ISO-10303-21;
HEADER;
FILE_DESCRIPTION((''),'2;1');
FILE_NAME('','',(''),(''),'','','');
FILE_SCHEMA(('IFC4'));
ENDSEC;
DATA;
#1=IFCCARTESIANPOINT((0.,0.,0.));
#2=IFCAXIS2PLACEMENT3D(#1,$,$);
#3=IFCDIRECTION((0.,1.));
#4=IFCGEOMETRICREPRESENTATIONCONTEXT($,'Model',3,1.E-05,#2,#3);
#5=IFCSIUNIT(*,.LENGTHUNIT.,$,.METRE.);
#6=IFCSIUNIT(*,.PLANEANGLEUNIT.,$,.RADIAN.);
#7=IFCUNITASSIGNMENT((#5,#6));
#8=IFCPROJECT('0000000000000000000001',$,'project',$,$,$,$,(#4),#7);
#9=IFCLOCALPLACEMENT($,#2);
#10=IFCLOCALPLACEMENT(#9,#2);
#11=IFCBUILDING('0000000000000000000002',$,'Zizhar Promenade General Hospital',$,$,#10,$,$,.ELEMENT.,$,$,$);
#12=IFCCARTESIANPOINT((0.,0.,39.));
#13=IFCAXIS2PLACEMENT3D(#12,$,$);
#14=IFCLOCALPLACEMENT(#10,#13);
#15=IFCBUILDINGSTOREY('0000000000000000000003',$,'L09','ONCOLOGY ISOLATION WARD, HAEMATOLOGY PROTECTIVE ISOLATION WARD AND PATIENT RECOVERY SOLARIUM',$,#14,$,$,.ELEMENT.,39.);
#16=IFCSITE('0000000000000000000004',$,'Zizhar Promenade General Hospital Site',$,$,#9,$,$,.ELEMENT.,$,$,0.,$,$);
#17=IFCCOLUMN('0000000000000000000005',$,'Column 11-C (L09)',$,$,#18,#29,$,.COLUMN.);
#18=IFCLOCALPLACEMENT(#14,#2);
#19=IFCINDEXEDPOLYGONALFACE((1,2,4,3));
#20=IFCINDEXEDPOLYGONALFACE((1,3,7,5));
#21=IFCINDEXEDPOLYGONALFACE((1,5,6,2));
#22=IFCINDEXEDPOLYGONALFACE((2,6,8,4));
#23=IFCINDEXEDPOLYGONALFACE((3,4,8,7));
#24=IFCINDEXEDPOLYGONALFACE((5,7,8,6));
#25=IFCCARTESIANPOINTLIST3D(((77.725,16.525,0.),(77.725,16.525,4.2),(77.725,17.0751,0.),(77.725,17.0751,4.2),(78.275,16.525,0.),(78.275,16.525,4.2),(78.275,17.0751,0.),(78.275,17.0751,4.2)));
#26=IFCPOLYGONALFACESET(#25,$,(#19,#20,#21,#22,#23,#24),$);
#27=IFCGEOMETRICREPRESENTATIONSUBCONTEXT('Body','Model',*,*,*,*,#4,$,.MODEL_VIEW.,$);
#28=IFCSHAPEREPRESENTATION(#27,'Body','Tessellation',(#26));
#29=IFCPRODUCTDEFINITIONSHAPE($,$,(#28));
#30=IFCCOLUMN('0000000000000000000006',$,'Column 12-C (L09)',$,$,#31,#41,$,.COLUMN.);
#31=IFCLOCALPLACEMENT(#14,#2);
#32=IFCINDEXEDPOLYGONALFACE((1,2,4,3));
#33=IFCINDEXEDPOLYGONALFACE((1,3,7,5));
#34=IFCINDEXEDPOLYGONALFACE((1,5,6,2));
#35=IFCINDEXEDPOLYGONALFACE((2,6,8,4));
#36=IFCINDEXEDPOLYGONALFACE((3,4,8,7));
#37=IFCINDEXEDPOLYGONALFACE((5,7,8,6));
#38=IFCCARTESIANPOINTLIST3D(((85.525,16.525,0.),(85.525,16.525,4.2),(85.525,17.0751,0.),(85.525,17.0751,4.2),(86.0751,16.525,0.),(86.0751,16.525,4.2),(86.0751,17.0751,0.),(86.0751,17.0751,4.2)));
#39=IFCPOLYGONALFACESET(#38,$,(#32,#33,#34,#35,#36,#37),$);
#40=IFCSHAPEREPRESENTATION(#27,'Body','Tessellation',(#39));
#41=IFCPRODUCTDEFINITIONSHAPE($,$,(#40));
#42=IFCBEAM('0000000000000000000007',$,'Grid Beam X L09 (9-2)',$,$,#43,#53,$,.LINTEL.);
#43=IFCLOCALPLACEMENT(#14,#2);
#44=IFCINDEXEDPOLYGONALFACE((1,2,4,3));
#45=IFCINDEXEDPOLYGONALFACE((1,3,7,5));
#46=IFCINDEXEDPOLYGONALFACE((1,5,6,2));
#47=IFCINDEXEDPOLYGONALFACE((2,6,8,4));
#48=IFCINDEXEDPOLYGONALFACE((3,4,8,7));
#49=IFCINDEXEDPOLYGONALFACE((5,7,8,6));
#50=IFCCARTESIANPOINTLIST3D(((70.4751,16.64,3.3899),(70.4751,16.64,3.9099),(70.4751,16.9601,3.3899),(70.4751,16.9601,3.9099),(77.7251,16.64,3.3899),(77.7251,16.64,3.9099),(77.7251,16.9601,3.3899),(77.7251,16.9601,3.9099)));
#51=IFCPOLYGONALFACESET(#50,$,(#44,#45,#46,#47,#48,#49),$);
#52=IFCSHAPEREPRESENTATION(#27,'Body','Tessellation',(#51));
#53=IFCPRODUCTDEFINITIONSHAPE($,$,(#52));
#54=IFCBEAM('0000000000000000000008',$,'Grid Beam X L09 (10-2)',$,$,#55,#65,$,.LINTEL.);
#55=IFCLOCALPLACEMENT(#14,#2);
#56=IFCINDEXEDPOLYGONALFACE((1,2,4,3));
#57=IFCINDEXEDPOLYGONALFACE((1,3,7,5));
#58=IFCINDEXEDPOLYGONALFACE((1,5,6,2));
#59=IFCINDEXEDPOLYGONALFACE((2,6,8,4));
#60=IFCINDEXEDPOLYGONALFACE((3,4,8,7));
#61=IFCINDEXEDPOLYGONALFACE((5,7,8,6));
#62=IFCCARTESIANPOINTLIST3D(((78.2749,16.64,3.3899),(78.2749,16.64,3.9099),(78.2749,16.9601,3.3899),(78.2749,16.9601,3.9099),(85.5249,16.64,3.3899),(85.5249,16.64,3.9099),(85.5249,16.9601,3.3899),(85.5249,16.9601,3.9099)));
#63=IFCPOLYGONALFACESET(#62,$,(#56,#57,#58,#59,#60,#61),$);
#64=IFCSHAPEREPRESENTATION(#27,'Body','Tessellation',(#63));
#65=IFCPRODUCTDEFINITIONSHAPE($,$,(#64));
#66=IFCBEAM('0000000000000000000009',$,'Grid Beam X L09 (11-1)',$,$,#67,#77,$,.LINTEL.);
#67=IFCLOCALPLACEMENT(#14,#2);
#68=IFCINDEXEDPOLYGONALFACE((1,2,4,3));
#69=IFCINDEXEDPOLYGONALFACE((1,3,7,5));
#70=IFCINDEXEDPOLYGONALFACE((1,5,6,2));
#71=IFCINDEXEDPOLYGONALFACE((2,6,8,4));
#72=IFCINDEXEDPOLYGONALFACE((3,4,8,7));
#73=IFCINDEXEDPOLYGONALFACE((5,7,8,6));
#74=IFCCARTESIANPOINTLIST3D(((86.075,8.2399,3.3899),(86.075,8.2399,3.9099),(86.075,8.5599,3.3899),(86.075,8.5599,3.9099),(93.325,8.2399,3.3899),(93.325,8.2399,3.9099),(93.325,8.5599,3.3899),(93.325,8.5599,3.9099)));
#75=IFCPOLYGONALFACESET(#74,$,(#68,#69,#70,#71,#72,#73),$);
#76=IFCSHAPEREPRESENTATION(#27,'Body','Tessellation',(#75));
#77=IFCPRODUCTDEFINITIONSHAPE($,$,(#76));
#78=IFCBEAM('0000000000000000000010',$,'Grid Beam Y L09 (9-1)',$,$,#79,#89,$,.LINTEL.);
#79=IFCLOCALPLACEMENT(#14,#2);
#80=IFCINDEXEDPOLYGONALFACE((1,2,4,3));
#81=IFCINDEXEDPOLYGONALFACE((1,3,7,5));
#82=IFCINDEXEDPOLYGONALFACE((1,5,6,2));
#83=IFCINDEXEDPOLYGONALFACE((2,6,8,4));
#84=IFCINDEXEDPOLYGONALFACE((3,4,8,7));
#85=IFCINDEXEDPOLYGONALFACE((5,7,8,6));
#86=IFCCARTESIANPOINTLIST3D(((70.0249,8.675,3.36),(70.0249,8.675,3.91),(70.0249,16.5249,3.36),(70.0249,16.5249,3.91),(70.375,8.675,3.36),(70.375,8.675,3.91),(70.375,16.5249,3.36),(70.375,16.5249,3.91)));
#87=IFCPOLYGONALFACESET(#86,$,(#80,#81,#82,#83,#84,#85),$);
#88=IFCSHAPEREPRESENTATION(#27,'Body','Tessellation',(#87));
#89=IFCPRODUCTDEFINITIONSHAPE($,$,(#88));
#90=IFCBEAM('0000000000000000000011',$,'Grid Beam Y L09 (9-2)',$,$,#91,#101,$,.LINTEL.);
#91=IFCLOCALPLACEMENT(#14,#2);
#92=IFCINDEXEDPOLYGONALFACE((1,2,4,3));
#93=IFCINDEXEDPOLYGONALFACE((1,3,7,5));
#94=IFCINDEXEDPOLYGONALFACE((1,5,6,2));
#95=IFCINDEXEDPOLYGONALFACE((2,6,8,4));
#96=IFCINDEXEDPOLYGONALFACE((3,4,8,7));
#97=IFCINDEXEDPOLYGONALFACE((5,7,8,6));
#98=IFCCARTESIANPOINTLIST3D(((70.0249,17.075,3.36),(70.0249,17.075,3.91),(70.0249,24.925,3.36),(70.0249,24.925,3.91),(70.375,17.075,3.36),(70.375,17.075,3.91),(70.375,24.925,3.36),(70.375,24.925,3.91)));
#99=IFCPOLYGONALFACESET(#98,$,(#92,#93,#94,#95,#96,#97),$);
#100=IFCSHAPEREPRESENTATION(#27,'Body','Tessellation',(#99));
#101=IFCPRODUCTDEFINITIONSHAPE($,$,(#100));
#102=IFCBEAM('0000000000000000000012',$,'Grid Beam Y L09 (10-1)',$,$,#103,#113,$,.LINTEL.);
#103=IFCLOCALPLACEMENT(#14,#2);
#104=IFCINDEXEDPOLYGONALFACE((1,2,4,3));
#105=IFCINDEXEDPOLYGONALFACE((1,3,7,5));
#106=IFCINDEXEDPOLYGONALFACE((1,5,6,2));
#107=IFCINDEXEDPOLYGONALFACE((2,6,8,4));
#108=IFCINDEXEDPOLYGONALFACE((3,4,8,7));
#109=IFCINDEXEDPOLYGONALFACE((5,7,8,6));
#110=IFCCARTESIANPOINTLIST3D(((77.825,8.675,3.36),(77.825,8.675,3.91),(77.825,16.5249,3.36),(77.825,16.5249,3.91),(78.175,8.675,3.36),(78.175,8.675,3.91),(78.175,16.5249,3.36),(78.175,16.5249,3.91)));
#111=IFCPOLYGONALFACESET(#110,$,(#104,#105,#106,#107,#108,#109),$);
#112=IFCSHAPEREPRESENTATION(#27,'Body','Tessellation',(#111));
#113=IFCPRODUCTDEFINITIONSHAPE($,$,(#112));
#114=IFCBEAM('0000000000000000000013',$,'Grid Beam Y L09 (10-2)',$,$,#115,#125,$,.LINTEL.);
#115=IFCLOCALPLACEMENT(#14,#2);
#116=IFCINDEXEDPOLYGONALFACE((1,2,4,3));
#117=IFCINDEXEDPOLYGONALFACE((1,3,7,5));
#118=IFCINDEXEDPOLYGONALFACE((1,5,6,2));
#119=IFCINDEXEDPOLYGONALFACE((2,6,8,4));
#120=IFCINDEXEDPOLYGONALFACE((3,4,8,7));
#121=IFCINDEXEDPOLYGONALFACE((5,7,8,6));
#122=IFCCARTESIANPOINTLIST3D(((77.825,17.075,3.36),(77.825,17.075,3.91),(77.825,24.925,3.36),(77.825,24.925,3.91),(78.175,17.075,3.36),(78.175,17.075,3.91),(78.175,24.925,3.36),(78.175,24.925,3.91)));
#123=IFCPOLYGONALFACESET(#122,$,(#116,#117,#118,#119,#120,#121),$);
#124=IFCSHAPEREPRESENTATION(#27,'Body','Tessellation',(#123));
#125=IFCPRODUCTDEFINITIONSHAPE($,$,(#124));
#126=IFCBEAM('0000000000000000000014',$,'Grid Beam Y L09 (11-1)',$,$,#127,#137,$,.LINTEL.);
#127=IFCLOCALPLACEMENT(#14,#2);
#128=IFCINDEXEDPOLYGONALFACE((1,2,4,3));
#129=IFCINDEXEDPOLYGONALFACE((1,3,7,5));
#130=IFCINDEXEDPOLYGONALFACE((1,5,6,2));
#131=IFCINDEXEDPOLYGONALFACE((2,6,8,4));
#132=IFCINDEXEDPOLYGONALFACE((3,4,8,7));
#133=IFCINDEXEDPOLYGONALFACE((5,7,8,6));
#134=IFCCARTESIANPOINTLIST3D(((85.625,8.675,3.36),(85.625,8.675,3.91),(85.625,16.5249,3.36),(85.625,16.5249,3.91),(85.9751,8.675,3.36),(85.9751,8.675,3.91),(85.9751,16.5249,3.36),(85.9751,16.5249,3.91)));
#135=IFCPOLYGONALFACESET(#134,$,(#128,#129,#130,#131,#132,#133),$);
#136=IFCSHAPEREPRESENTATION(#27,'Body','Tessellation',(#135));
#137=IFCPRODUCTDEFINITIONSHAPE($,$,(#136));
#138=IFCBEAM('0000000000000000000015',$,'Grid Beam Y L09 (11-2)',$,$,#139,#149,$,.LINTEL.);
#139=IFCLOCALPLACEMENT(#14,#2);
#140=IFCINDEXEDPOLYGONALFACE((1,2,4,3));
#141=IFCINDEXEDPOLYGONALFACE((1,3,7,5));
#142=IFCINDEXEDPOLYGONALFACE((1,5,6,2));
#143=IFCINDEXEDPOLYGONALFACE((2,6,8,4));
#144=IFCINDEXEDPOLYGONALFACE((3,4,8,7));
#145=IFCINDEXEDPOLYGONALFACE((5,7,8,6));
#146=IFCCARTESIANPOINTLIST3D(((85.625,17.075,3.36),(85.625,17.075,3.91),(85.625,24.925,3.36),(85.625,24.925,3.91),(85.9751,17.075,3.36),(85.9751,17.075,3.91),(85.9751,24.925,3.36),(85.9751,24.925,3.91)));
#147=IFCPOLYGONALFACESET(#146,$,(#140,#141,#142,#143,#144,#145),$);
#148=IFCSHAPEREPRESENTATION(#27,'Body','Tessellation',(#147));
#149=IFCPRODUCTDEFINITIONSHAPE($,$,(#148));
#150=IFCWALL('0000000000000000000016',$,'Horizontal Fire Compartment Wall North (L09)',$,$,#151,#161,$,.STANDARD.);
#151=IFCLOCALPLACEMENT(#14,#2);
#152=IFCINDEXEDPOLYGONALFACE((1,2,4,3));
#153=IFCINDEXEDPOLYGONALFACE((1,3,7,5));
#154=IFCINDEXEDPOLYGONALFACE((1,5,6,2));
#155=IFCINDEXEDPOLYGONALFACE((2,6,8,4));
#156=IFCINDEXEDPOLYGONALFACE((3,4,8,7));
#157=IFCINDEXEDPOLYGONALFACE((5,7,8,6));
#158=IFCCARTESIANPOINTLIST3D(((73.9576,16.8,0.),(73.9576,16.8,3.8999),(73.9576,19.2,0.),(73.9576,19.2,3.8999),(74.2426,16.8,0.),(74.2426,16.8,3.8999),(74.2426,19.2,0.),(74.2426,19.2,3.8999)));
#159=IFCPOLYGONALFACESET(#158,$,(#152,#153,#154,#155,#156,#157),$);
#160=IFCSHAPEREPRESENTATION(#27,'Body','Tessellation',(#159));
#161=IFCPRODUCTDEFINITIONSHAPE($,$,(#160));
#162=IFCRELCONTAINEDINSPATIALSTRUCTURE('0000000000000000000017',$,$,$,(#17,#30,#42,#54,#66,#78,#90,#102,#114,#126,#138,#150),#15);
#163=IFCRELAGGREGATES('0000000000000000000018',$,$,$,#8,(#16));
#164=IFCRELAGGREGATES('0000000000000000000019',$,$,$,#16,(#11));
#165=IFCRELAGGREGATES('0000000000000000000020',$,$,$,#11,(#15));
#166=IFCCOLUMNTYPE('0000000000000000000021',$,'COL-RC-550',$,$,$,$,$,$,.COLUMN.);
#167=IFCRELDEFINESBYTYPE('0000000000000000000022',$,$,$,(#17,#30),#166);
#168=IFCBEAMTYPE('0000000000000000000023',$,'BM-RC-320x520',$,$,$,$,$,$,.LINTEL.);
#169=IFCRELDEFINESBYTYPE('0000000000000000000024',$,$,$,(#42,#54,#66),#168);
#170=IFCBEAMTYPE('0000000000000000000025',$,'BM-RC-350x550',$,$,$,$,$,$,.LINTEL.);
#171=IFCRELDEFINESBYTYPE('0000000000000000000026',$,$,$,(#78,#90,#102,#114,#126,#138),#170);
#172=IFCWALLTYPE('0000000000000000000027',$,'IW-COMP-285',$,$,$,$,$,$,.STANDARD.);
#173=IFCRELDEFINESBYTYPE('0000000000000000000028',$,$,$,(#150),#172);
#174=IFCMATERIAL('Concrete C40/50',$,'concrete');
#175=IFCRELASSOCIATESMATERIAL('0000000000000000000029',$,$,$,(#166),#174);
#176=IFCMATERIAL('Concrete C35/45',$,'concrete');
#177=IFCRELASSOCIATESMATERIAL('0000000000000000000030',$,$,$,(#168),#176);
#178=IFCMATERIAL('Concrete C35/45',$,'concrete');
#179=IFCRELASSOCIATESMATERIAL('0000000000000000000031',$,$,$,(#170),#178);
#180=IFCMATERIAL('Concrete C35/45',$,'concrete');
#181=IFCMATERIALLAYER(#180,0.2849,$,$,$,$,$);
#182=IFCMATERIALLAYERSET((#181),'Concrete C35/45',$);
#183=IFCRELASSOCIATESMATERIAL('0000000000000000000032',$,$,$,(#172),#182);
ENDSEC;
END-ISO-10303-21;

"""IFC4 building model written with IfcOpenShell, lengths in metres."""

from ifc_helpers import new_model, si_unit, direction, frame, frame_2d, origin, origin_2d, place, context, subcontext, project, spatial, rectangle, extrude, material, layer, layer_set, material_profile, profile_set, type_object, element, save


model = new_model("IFC4")

# Units and contexts
model_context = context("Model", 3, precision=1e-05, world=origin(), true_north=direction((0.0, 1.0)))
body_context = subcontext(model_context, "Body", "Model", "MODEL_VIEW")
ifc_project = project(units=[si_unit("LENGTHUNIT", "METRE"), si_unit("PLANEANGLEUNIT", "RADIAN")], contexts=[model_context])

# Site, building, storey
site_placement = place(None, origin())
site = spatial("IfcSite", under=ifc_project, at=site_placement, Name="Zizhar Promenade General Hospital Site", CompositionType="ELEMENT", RefElevation=0.0)
building_placement = place(site_placement, origin())
building = spatial("IfcBuilding", under=site, at=building_placement, Name="Zizhar Promenade General Hospital", CompositionType="ELEMENT")
storey_placement = place(building_placement, frame((0.0, 0.0, 39.0)))
storey = spatial("IfcBuildingStorey", under=building, at=storey_placement, Name="L09", Description="ONCOLOGY ISOLATION WARD, HAEMATOLOGY PROTECTIVE ISOLATION WARD AND PATIENT RECOVERY SOLARIUM", CompositionType="ELEMENT", Elevation=39.0)

# Columns
ifc_material_1 = material(Name="Concrete C40/50", Category="concrete")
ifc_material_profile_1 = material_profile(ifc_material_1, rectangle(XDim=0.55, YDim=0.55, at=origin_2d()))
ifc_profile_set_1 = profile_set([ifc_material_profile_1], Name="Concrete C40/50")
column_type = type_object("IfcColumnType", Name="COL-RC-550", PredefinedType="COLUMN", material=ifc_profile_set_1)
for number, where, z_axis, x_axis, name in (
    (1, (78.0, 16.8, 0.0), (0.0, 0.0, 1.0), (1.0, 0.0, 0.0), "Column 11-C (L09)"),
    (2, (85.8, 16.8, 0.0), (0.0, 0.0, 1.0), (1.0, 0.0, 0.0), "Column 12-C (L09)"),
):
    element("IfcColumn", number, at=place(storey_placement, frame(where, z_axis=z_axis, x_axis=x_axis)), inside=storey, type_object=column_type, Name=name, PredefinedType="COLUMN", context=body_context, shape_type="SweptSolid", body=[
        extrude(rectangle(XDim=0.55, YDim=0.55, at=origin_2d()), origin(), (0.0, 0.0, 1.0), 4.2),
    ])

# Beams
ifc_material_2 = material(Name="Concrete C35/45", Category="concrete")
ifc_material_profile_2 = material_profile(ifc_material_2, rectangle(XDim=0.3201, YDim=0.52, at=origin_2d()))
ifc_profile_set_2 = profile_set([ifc_material_profile_2], Name="Concrete C35/45")
beam_type_1 = type_object("IfcBeamType", Name="BM-RC-320x520", PredefinedType="LINTEL", material=ifc_profile_set_2)
for number, where, z_axis, x_axis, name in (
    (3, (70.4751, 16.8, 3.6499), (1.0, 0.0, 0.0), (0.0, 1.0, 0.0), "Grid Beam X L09 (9-2)"),
    (4, (78.2749, 16.8, 3.6499), (1.0, 0.0, 0.0), (0.0, 1.0, 0.0), "Grid Beam X L09 (10-2)"),
    (5, (86.075, 8.3999, 3.6499), (1.0, 0.0, 0.0), (0.0, 1.0, 0.0), "Grid Beam X L09 (11-1)"),
):
    element("IfcBeam", number, at=place(storey_placement, frame(where, z_axis=z_axis, x_axis=x_axis)), inside=storey, type_object=beam_type_1, Name=name, PredefinedType="LINTEL", context=body_context, shape_type="SweptSolid", body=[
        extrude(rectangle(XDim=0.3201, YDim=0.52, at=origin_2d()), origin(), (0.0, 0.0, 1.0), 7.25),
    ])
ifc_material_3 = material(Name="Concrete C35/45", Category="concrete")
ifc_material_profile_3 = material_profile(ifc_material_3, rectangle(XDim=0.3501, YDim=0.55, at=origin_2d()))
ifc_profile_set_3 = profile_set([ifc_material_profile_3], Name="Concrete C35/45")
beam_type_2 = type_object("IfcBeamType", Name="BM-RC-350x550", PredefinedType="LINTEL", material=ifc_profile_set_3)
beam_1_placement = place(storey_placement, frame((70.2, 8.675, 3.635), z_axis=(0.0, 1.0, 0.0), x_axis=(-1.0, 0.0, 0.0)))
element("IfcBeam", 6, at=beam_1_placement, inside=storey, type_object=beam_type_2, Name="Grid Beam Y L09 (9-1)", PredefinedType="LINTEL", context=body_context, shape_type="SweptSolid", body=[
    extrude(rectangle(XDim=0.3501, YDim=0.55, at=origin_2d()), origin(), (0.0, 0.0, 1.0), 7.8499),
])
beam_2_placement = place(storey_placement, frame((70.2, 17.075, 3.635), z_axis=(0.0, 1.0, 0.0), x_axis=(-1.0, 0.0, 0.0)))
element("IfcBeam", 7, at=beam_2_placement, inside=storey, type_object=beam_type_2, Name="Grid Beam Y L09 (9-2)", PredefinedType="LINTEL", context=body_context, shape_type="SweptSolid", body=[
    extrude(rectangle(XDim=0.3501, YDim=0.55, at=origin_2d()), origin(), (0.0, 0.0, 1.0), 7.8501),
])
beam_3_placement = place(storey_placement, frame((78.0, 8.675, 3.635), z_axis=(0.0, 1.0, 0.0), x_axis=(-1.0, 0.0, 0.0)))
element("IfcBeam", 8, at=beam_3_placement, inside=storey, type_object=beam_type_2, Name="Grid Beam Y L09 (10-1)", PredefinedType="LINTEL", context=body_context, shape_type="SweptSolid", body=[
    extrude(rectangle(XDim=0.3501, YDim=0.55, at=origin_2d()), origin(), (0.0, 0.0, 1.0), 7.8499),
])
beam_4_placement = place(storey_placement, frame((78.0, 17.075, 3.635), z_axis=(0.0, 1.0, 0.0), x_axis=(-1.0, 0.0, 0.0)))
element("IfcBeam", 9, at=beam_4_placement, inside=storey, type_object=beam_type_2, Name="Grid Beam Y L09 (10-2)", PredefinedType="LINTEL", context=body_context, shape_type="SweptSolid", body=[
    extrude(rectangle(XDim=0.3501, YDim=0.55, at=origin_2d()), origin(), (0.0, 0.0, 1.0), 7.8501),
])
beam_5_placement = place(storey_placement, frame((85.8, 8.675, 3.635), z_axis=(0.0, 1.0, 0.0), x_axis=(-1.0, 0.0, 0.0)))
element("IfcBeam", 10, at=beam_5_placement, inside=storey, type_object=beam_type_2, Name="Grid Beam Y L09 (11-1)", PredefinedType="LINTEL", context=body_context, shape_type="SweptSolid", body=[
    extrude(rectangle(XDim=0.3501, YDim=0.55, at=origin_2d()), origin(), (0.0, 0.0, 1.0), 7.8499),
])
beam_6_placement = place(storey_placement, frame((85.8, 17.075, 3.635), z_axis=(0.0, 1.0, 0.0), x_axis=(-1.0, 0.0, 0.0)))
element("IfcBeam", 11, at=beam_6_placement, inside=storey, type_object=beam_type_2, Name="Grid Beam Y L09 (11-2)", PredefinedType="LINTEL", context=body_context, shape_type="SweptSolid", body=[
    extrude(rectangle(XDim=0.3501, YDim=0.55, at=origin_2d()), origin(), (0.0, 0.0, 1.0), 7.8501),
])

# Wall
ifc_material_4 = material(Name="Concrete C35/45", Category="concrete")
ifc_layer_1 = layer(ifc_material_4, 0.2849)
ifc_layer_set_1 = layer_set([ifc_layer_1], Name="Concrete C35/45")
wall_type_1 = type_object("IfcWallType", Name="IW-COMP-285", PredefinedType="STANDARD", material=ifc_layer_set_1)
wall_1_placement = place(storey_placement, frame((74.1001, 16.8, 0.0), z_axis=(0.0, 0.0, 1.0), x_axis=(0.0, 1.0, 0.0)))
element("IfcWall", 12, at=wall_1_placement, inside=storey, type_object=wall_type_1, Name="Horizontal Fire Compartment Wall North (L09)", PredefinedType="STANDARD", context=body_context, shape_type="SweptSolid", body=[
    extrude(rectangle(XDim=2.3999, YDim=0.2849, at=frame_2d((1.2, 0.0))), origin(), (0.0, 0.0, 1.0), 3.8999),
])

save(model, "model.ifc")
